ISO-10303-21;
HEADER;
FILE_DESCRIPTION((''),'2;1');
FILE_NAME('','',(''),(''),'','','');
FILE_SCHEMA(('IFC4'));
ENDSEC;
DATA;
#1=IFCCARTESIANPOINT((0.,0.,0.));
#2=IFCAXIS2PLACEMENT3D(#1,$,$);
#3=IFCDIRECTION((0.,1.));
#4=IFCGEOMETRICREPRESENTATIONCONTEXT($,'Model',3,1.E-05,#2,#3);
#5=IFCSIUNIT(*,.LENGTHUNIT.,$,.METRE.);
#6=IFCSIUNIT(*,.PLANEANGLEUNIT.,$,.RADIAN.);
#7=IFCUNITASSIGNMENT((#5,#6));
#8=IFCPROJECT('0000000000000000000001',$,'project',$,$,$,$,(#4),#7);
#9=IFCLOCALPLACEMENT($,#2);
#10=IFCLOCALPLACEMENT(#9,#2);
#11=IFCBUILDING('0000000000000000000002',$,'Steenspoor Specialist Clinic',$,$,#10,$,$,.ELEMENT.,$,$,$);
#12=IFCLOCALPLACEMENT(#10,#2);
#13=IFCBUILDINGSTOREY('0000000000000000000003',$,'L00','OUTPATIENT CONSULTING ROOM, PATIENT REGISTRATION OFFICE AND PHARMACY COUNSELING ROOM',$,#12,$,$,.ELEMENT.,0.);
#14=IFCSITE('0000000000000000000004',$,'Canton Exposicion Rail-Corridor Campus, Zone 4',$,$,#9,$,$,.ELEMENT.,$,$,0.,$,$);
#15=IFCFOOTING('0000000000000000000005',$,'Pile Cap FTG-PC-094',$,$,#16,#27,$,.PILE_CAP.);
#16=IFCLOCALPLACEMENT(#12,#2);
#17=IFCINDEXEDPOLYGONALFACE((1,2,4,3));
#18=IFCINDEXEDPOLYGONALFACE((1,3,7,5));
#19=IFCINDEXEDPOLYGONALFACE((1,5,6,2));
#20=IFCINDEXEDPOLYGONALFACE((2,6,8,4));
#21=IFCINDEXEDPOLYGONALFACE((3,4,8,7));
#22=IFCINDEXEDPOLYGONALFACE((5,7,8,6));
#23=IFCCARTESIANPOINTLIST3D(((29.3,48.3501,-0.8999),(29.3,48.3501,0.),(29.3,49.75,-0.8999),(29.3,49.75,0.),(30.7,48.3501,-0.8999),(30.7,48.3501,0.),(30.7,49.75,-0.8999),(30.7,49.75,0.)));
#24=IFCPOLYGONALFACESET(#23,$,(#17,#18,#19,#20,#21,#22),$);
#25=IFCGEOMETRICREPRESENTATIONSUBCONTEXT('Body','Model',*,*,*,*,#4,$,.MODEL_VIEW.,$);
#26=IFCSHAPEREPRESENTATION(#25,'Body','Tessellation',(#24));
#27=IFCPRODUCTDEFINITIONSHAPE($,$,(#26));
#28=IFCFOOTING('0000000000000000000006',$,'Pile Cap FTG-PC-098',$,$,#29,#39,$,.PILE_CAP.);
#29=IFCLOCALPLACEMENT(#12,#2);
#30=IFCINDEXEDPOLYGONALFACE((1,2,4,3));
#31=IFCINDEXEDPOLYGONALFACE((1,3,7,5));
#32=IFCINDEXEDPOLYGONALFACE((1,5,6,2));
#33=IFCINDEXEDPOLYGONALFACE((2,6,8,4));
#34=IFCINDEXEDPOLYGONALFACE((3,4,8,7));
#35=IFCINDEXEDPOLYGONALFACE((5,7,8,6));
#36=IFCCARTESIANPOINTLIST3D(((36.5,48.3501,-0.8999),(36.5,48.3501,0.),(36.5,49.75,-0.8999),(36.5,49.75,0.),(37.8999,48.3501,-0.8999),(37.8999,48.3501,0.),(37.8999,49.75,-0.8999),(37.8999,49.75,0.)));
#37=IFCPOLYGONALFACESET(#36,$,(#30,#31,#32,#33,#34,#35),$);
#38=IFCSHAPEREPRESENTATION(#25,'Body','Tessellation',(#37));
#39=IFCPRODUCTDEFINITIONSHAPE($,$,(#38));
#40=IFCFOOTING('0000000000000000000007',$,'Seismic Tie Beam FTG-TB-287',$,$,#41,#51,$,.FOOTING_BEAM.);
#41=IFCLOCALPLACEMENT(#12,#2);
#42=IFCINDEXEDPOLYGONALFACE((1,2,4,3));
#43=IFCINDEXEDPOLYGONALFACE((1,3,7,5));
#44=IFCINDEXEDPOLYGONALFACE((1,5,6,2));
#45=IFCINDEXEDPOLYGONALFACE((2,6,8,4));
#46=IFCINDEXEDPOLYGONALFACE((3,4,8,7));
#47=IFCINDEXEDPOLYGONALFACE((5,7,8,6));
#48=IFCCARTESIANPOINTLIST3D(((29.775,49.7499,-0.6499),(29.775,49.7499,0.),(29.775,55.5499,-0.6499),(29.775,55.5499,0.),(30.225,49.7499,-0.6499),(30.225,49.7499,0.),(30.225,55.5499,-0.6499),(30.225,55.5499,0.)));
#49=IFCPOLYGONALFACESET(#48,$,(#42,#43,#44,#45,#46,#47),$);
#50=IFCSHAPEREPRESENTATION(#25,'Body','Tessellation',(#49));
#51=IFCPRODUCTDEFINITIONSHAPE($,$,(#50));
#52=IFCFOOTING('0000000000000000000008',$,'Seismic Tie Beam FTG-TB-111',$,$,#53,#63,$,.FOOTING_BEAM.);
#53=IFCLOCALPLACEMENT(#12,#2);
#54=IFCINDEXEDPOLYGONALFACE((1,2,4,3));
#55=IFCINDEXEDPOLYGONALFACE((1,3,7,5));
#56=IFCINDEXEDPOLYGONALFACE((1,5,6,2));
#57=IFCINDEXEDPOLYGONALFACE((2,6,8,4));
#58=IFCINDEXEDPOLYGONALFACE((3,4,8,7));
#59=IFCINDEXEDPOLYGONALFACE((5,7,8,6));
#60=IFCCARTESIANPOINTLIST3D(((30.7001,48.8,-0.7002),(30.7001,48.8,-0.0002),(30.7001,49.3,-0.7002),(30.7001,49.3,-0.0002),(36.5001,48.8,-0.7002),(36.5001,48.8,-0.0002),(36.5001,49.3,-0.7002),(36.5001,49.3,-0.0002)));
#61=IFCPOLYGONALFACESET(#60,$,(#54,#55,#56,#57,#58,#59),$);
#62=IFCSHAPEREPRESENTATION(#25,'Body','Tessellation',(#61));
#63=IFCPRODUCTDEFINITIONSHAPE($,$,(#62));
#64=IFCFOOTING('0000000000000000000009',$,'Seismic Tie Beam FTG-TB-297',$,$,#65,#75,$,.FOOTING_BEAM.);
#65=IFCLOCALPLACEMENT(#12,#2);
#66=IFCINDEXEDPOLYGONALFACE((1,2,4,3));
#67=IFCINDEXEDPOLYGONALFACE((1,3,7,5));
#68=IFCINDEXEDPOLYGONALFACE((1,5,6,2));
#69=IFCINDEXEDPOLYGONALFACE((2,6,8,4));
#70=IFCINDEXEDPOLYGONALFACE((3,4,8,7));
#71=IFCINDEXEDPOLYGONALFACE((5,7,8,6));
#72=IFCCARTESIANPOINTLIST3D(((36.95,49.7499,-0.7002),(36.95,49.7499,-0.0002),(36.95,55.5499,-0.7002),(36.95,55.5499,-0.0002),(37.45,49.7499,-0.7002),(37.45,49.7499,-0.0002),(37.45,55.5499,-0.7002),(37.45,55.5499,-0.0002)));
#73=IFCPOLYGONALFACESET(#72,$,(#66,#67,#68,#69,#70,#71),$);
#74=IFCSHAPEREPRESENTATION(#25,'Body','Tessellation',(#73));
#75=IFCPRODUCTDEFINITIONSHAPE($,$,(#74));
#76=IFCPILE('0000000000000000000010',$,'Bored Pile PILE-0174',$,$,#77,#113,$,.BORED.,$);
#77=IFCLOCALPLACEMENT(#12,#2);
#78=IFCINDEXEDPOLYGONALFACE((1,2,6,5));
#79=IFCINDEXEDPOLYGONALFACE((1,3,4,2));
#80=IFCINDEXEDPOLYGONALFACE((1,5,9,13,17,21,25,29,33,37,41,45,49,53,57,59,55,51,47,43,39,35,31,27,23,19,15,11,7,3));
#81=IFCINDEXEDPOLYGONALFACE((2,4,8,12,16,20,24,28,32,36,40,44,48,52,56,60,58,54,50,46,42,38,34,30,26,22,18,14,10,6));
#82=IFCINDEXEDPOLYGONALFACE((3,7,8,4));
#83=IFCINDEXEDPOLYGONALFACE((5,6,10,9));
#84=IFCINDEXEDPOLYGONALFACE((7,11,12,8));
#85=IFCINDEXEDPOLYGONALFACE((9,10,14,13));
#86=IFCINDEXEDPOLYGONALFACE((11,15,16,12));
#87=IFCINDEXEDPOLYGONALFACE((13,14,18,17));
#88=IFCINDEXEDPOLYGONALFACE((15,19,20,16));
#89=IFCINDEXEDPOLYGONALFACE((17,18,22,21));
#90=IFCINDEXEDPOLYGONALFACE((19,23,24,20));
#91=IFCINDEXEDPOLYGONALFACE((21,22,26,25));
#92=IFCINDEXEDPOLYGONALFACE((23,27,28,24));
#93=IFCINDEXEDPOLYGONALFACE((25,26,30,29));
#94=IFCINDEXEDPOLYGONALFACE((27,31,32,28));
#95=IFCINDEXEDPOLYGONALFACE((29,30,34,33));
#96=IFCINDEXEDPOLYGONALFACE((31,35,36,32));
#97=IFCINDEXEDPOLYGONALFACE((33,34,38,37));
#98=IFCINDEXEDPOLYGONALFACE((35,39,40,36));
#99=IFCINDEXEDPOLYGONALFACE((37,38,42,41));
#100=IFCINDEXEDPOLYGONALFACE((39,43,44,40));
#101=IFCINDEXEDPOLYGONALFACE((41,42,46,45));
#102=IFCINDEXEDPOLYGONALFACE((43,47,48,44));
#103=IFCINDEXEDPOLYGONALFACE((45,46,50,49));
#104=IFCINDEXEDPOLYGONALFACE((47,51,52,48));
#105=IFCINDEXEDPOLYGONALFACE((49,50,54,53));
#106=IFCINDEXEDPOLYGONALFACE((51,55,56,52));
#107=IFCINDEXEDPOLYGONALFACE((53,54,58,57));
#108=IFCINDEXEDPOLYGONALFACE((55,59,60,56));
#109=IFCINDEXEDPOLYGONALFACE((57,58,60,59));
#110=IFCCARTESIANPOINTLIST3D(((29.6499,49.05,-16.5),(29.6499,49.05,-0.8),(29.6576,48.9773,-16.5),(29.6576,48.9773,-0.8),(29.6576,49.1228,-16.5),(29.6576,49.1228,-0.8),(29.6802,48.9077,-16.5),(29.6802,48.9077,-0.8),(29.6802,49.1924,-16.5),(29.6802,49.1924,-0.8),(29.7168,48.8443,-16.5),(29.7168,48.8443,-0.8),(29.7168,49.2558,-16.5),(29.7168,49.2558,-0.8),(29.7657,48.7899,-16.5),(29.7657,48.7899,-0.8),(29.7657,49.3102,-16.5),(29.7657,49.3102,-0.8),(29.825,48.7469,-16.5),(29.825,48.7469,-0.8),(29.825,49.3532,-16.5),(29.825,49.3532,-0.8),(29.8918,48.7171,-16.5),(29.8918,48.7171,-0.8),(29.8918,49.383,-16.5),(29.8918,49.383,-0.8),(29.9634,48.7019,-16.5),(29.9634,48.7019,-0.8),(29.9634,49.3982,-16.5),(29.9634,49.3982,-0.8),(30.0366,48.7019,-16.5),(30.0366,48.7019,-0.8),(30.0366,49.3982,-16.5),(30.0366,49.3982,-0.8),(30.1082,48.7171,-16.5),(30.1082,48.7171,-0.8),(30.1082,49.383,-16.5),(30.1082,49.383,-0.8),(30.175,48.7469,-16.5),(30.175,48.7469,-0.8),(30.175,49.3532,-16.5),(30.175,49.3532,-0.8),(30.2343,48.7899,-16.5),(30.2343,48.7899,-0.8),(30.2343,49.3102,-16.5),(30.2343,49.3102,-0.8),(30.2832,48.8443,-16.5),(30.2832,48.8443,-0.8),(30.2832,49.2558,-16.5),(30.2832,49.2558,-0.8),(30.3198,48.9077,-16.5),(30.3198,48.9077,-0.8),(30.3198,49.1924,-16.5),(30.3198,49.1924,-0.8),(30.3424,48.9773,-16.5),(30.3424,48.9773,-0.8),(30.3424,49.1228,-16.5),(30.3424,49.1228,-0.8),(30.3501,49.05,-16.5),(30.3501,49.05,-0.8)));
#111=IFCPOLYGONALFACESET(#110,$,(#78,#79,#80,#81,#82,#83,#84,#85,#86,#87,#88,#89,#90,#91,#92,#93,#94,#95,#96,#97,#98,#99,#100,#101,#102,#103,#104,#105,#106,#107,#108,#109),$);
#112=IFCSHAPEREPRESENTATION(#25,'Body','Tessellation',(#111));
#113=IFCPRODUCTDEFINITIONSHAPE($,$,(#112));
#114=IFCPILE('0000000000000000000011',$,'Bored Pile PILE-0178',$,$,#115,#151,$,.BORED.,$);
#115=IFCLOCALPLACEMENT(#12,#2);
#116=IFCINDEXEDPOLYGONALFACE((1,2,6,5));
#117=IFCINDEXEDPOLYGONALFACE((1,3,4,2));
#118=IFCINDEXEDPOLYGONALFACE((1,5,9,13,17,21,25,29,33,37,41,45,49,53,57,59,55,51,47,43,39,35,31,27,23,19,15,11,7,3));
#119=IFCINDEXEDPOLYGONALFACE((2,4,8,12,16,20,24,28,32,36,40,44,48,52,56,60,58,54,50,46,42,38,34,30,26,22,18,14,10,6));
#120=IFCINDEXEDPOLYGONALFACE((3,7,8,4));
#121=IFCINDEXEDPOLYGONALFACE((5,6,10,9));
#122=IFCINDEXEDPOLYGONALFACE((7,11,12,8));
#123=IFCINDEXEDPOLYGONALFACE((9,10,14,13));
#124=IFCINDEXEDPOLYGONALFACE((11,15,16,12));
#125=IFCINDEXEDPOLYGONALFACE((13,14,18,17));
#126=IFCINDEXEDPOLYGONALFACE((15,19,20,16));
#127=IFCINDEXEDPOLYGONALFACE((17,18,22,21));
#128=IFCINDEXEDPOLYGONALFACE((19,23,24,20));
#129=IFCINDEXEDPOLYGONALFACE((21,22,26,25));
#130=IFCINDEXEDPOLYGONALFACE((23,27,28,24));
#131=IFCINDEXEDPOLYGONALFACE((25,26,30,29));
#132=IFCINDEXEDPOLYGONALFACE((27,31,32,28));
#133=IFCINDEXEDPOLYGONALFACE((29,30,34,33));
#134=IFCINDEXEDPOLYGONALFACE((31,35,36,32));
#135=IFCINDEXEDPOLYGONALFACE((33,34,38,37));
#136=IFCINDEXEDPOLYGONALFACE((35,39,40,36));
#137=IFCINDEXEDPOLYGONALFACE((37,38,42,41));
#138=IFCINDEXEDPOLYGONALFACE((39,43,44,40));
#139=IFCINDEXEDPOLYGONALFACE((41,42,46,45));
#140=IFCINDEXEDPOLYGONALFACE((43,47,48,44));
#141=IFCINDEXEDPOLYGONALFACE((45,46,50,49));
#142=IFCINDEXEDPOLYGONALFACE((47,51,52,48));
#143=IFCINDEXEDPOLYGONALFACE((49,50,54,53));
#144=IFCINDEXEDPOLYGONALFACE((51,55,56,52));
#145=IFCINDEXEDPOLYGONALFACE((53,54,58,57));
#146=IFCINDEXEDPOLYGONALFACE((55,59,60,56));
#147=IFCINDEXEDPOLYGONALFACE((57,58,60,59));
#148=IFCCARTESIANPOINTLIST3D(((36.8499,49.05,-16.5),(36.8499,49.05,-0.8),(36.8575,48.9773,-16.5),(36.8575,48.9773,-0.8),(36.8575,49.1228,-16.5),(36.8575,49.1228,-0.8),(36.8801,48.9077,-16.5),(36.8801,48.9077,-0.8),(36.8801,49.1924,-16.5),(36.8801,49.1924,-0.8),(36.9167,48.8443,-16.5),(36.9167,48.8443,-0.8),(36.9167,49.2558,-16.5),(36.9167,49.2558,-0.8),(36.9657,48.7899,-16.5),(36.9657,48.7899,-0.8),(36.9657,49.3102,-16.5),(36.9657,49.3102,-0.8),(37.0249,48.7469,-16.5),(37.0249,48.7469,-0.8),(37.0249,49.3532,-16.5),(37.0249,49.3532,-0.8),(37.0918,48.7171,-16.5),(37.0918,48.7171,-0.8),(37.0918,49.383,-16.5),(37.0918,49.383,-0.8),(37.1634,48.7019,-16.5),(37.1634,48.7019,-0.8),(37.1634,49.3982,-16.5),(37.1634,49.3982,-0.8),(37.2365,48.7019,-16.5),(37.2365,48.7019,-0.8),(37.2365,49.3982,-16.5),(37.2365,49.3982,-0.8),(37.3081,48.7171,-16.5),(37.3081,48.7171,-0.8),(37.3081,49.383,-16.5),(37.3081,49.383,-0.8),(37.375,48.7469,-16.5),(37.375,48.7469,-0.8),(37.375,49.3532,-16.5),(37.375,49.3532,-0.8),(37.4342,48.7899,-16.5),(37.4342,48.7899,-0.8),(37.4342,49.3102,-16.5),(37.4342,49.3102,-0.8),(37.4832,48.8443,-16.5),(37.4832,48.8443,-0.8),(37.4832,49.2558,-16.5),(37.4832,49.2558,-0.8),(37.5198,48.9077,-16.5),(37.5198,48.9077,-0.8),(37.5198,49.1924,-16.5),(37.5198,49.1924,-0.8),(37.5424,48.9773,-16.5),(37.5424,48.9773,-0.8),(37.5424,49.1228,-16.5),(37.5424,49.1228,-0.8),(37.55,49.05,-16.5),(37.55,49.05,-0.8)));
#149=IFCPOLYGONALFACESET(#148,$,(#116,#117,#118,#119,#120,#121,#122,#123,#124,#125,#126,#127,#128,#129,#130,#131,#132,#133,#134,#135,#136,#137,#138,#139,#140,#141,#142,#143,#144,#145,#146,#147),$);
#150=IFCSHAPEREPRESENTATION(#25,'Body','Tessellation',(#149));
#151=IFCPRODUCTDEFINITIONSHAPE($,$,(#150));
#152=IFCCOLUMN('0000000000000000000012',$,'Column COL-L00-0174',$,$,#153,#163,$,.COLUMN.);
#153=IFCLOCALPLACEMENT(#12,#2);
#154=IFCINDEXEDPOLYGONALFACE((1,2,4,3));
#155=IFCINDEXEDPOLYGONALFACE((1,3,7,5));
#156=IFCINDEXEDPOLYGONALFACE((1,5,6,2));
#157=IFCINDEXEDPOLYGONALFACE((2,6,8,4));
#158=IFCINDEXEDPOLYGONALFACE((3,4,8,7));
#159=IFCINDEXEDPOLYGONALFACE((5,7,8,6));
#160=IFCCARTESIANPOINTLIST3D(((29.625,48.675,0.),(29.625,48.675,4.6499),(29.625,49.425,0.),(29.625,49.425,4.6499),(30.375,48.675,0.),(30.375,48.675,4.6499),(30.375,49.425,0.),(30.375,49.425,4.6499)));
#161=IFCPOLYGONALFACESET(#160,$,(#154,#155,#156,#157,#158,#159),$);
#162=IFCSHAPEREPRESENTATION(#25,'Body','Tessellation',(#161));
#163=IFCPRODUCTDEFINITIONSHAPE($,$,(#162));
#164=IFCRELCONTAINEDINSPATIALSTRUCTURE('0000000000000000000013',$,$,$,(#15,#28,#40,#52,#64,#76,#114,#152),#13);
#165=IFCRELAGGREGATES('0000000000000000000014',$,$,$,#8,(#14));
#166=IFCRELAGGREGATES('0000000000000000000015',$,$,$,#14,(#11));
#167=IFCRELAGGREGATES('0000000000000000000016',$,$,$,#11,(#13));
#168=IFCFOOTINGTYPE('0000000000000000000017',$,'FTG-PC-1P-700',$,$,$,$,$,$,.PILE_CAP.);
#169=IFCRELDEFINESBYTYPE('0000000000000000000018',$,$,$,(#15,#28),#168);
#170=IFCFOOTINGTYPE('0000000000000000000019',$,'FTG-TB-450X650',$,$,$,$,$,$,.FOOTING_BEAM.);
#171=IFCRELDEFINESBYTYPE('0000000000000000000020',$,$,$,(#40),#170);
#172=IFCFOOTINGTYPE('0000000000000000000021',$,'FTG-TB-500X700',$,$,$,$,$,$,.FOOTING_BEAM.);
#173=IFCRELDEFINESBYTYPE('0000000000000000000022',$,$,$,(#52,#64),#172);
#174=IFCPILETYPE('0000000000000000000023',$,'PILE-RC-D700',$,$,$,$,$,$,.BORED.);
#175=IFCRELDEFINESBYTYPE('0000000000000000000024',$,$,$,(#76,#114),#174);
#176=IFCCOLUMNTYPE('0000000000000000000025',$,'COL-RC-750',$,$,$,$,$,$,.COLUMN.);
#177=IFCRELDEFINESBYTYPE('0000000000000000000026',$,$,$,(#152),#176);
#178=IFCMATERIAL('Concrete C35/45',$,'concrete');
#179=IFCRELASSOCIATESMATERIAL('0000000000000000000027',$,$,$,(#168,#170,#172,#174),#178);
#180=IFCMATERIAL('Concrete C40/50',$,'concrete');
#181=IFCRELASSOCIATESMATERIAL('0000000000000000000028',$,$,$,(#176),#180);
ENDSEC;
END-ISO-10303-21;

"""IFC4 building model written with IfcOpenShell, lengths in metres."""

from ifc_helpers import new_model, si_unit, direction, frame, origin, origin_2d, place, context, subcontext, project, spatial, rectangle, circle, extrude, material, material_profile, profile_set, type_object, element, save


model = new_model("IFC4")

# Units and contexts
model_context = context("Model", 3, precision=1e-05, world=origin(), true_north=direction((0.0, 1.0)))
body_context = subcontext(model_context, "Body", "Model", "MODEL_VIEW")
ifc_project = project(units=[si_unit("LENGTHUNIT", "METRE"), si_unit("PLANEANGLEUNIT", "RADIAN")], contexts=[model_context])

# Site, building, storey
site_placement = place(None, origin())
site = spatial("IfcSite", under=ifc_project, at=site_placement, Name="Canton Exposicion Rail-Corridor Campus, Zone 4", CompositionType="ELEMENT", RefElevation=0.0)
building_placement = place(site_placement, origin())
building = spatial("IfcBuilding", under=site, at=building_placement, Name="Steenspoor Specialist Clinic", CompositionType="ELEMENT")
storey_placement = place(building_placement, origin())
storey = spatial("IfcBuildingStorey", under=building, at=storey_placement, Name="L00", Description="OUTPATIENT CONSULTING ROOM, PATIENT REGISTRATION OFFICE AND PHARMACY COUNSELING ROOM", CompositionType="ELEMENT", Elevation=0.0)

# Footings
ifc_material_1 = material(Name="Concrete C35/45", Category="concrete")
footing_type_1 = type_object("IfcFootingType", Name="FTG-PC-1P-700", PredefinedType="PILE_CAP", material=ifc_material_1)
for number, where, z_axis, x_axis, name in (
    (1, (30.0, 49.05, -0.8999), (0.0, 0.0, 1.0), (1.0, 0.0, 0.0), "Pile Cap FTG-PC-094"),
    (2, (37.2, 49.05, -0.8999), (0.0, 0.0, 1.0), (1.0, 0.0, 0.0), "Pile Cap FTG-PC-098"),
):
    element("IfcFooting", number, at=place(storey_placement, frame(where, z_axis=z_axis, x_axis=x_axis)), inside=storey, type_object=footing_type_1, Name=name, PredefinedType="PILE_CAP", context=body_context, shape_type="SweptSolid", body=[
        extrude(rectangle(XDim=1.3999, YDim=1.3999, at=origin_2d()), origin(), (0.0, 0.0, 1.0), 0.8999),
    ])
footing_type_2 = type_object("IfcFootingType", Name="FTG-TB-450X650", PredefinedType="FOOTING_BEAM", material=ifc_material_1)
footing_1_placement = place(storey_placement, frame((30.0, 52.6499, -0.6499), z_axis=(0.0, 0.0, 1.0), x_axis=(1.0, 0.0, 0.0)))
element("IfcFooting", 3, at=footing_1_placement, inside=storey, type_object=footing_type_2, Name="Seismic Tie Beam FTG-TB-287", PredefinedType="FOOTING_BEAM", context=body_context, shape_type="SweptSolid", body=[
    extrude(rectangle(XDim=0.45, YDim=5.8, at=origin_2d()), origin(), (0.0, 0.0, 1.0), 0.6499),
])
footing_type_3 = type_object("IfcFootingType", Name="FTG-TB-500X700", PredefinedType="FOOTING_BEAM", material=ifc_material_1)
footing_2_placement = place(storey_placement, frame((33.6001, 49.05, -0.7002), z_axis=(0.0, 0.0, 1.0), x_axis=(1.0, 0.0, 0.0)))
element("IfcFooting", 4, at=footing_2_placement, inside=storey, type_object=footing_type_3, Name="Seismic Tie Beam FTG-TB-111", PredefinedType="FOOTING_BEAM", context=body_context, shape_type="SweptSolid", body=[
    extrude(rectangle(XDim=5.8, YDim=0.5, at=origin_2d()), origin(), (0.0, 0.0, 1.0), 0.7),
])
footing_3_placement = place(storey_placement, frame((37.2, 52.6499, -0.7002), z_axis=(0.0, 0.0, 1.0), x_axis=(1.0, 0.0, 0.0)))
element("IfcFooting", 5, at=footing_3_placement, inside=storey, type_object=footing_type_3, Name="Seismic Tie Beam FTG-TB-297", PredefinedType="FOOTING_BEAM", context=body_context, shape_type="SweptSolid", body=[
    extrude(rectangle(XDim=0.5, YDim=5.8, at=origin_2d()), origin(), (0.0, 0.0, 1.0), 0.7),
])

# Piles
ifc_material_profile_1 = material_profile(ifc_material_1, circle(Radius=0.3501, at=origin_2d()), Name="PILE-D700")
ifc_profile_set_1 = profile_set([ifc_material_profile_1], Name="Concrete C35/45")
pile_type = type_object("IfcPileType", Name="PILE-RC-D700", PredefinedType="BORED", material=ifc_profile_set_1)
for number, where, z_axis, x_axis, name in (
    (6, (30.0, 49.05, -0.8), (0.0, 0.0, -1.0), (1.0, 0.0, 0.0), "Bored Pile PILE-0174"),
    (7, (37.2, 49.05, -0.8), (0.0, 0.0, -1.0), (1.0, 0.0, 0.0), "Bored Pile PILE-0178"),
):
    element("IfcPile", number, at=place(storey_placement, frame(where, z_axis=z_axis, x_axis=x_axis)), inside=storey, type_object=pile_type, Name=name, PredefinedType="BORED", context=body_context, shape_type="SweptSolid", body=[
        extrude(circle(Radius=0.3501, at=origin_2d()), origin(), (0.0, 0.0, 1.0), 15.7),
    ])

# Column
ifc_material_2 = material(Name="Concrete C40/50", Category="concrete")
ifc_material_profile_2 = material_profile(ifc_material_2, rectangle(XDim=0.75, YDim=0.75, at=origin_2d()), Name="RC-COL-750X750")
ifc_profile_set_2 = profile_set([ifc_material_profile_2], Name="Concrete C40/50")
column_type_1 = type_object("IfcColumnType", Name="COL-RC-750", PredefinedType="COLUMN", material=ifc_profile_set_2)
column_1_placement = place(storey_placement, frame((30.0, 49.05, 0.0), z_axis=(0.0, 0.0, 1.0), x_axis=(1.0, 0.0, 0.0)))
element("IfcColumn", 8, at=column_1_placement, inside=storey, type_object=column_type_1, Name="Column COL-L00-0174", PredefinedType="COLUMN", context=body_context, shape_type="SweptSolid", body=[
    extrude(rectangle(XDim=0.75, YDim=0.75, at=origin_2d()), origin(), (0.0, 0.0, 1.0), 4.6499),
])

save(model, "model.ifc")
